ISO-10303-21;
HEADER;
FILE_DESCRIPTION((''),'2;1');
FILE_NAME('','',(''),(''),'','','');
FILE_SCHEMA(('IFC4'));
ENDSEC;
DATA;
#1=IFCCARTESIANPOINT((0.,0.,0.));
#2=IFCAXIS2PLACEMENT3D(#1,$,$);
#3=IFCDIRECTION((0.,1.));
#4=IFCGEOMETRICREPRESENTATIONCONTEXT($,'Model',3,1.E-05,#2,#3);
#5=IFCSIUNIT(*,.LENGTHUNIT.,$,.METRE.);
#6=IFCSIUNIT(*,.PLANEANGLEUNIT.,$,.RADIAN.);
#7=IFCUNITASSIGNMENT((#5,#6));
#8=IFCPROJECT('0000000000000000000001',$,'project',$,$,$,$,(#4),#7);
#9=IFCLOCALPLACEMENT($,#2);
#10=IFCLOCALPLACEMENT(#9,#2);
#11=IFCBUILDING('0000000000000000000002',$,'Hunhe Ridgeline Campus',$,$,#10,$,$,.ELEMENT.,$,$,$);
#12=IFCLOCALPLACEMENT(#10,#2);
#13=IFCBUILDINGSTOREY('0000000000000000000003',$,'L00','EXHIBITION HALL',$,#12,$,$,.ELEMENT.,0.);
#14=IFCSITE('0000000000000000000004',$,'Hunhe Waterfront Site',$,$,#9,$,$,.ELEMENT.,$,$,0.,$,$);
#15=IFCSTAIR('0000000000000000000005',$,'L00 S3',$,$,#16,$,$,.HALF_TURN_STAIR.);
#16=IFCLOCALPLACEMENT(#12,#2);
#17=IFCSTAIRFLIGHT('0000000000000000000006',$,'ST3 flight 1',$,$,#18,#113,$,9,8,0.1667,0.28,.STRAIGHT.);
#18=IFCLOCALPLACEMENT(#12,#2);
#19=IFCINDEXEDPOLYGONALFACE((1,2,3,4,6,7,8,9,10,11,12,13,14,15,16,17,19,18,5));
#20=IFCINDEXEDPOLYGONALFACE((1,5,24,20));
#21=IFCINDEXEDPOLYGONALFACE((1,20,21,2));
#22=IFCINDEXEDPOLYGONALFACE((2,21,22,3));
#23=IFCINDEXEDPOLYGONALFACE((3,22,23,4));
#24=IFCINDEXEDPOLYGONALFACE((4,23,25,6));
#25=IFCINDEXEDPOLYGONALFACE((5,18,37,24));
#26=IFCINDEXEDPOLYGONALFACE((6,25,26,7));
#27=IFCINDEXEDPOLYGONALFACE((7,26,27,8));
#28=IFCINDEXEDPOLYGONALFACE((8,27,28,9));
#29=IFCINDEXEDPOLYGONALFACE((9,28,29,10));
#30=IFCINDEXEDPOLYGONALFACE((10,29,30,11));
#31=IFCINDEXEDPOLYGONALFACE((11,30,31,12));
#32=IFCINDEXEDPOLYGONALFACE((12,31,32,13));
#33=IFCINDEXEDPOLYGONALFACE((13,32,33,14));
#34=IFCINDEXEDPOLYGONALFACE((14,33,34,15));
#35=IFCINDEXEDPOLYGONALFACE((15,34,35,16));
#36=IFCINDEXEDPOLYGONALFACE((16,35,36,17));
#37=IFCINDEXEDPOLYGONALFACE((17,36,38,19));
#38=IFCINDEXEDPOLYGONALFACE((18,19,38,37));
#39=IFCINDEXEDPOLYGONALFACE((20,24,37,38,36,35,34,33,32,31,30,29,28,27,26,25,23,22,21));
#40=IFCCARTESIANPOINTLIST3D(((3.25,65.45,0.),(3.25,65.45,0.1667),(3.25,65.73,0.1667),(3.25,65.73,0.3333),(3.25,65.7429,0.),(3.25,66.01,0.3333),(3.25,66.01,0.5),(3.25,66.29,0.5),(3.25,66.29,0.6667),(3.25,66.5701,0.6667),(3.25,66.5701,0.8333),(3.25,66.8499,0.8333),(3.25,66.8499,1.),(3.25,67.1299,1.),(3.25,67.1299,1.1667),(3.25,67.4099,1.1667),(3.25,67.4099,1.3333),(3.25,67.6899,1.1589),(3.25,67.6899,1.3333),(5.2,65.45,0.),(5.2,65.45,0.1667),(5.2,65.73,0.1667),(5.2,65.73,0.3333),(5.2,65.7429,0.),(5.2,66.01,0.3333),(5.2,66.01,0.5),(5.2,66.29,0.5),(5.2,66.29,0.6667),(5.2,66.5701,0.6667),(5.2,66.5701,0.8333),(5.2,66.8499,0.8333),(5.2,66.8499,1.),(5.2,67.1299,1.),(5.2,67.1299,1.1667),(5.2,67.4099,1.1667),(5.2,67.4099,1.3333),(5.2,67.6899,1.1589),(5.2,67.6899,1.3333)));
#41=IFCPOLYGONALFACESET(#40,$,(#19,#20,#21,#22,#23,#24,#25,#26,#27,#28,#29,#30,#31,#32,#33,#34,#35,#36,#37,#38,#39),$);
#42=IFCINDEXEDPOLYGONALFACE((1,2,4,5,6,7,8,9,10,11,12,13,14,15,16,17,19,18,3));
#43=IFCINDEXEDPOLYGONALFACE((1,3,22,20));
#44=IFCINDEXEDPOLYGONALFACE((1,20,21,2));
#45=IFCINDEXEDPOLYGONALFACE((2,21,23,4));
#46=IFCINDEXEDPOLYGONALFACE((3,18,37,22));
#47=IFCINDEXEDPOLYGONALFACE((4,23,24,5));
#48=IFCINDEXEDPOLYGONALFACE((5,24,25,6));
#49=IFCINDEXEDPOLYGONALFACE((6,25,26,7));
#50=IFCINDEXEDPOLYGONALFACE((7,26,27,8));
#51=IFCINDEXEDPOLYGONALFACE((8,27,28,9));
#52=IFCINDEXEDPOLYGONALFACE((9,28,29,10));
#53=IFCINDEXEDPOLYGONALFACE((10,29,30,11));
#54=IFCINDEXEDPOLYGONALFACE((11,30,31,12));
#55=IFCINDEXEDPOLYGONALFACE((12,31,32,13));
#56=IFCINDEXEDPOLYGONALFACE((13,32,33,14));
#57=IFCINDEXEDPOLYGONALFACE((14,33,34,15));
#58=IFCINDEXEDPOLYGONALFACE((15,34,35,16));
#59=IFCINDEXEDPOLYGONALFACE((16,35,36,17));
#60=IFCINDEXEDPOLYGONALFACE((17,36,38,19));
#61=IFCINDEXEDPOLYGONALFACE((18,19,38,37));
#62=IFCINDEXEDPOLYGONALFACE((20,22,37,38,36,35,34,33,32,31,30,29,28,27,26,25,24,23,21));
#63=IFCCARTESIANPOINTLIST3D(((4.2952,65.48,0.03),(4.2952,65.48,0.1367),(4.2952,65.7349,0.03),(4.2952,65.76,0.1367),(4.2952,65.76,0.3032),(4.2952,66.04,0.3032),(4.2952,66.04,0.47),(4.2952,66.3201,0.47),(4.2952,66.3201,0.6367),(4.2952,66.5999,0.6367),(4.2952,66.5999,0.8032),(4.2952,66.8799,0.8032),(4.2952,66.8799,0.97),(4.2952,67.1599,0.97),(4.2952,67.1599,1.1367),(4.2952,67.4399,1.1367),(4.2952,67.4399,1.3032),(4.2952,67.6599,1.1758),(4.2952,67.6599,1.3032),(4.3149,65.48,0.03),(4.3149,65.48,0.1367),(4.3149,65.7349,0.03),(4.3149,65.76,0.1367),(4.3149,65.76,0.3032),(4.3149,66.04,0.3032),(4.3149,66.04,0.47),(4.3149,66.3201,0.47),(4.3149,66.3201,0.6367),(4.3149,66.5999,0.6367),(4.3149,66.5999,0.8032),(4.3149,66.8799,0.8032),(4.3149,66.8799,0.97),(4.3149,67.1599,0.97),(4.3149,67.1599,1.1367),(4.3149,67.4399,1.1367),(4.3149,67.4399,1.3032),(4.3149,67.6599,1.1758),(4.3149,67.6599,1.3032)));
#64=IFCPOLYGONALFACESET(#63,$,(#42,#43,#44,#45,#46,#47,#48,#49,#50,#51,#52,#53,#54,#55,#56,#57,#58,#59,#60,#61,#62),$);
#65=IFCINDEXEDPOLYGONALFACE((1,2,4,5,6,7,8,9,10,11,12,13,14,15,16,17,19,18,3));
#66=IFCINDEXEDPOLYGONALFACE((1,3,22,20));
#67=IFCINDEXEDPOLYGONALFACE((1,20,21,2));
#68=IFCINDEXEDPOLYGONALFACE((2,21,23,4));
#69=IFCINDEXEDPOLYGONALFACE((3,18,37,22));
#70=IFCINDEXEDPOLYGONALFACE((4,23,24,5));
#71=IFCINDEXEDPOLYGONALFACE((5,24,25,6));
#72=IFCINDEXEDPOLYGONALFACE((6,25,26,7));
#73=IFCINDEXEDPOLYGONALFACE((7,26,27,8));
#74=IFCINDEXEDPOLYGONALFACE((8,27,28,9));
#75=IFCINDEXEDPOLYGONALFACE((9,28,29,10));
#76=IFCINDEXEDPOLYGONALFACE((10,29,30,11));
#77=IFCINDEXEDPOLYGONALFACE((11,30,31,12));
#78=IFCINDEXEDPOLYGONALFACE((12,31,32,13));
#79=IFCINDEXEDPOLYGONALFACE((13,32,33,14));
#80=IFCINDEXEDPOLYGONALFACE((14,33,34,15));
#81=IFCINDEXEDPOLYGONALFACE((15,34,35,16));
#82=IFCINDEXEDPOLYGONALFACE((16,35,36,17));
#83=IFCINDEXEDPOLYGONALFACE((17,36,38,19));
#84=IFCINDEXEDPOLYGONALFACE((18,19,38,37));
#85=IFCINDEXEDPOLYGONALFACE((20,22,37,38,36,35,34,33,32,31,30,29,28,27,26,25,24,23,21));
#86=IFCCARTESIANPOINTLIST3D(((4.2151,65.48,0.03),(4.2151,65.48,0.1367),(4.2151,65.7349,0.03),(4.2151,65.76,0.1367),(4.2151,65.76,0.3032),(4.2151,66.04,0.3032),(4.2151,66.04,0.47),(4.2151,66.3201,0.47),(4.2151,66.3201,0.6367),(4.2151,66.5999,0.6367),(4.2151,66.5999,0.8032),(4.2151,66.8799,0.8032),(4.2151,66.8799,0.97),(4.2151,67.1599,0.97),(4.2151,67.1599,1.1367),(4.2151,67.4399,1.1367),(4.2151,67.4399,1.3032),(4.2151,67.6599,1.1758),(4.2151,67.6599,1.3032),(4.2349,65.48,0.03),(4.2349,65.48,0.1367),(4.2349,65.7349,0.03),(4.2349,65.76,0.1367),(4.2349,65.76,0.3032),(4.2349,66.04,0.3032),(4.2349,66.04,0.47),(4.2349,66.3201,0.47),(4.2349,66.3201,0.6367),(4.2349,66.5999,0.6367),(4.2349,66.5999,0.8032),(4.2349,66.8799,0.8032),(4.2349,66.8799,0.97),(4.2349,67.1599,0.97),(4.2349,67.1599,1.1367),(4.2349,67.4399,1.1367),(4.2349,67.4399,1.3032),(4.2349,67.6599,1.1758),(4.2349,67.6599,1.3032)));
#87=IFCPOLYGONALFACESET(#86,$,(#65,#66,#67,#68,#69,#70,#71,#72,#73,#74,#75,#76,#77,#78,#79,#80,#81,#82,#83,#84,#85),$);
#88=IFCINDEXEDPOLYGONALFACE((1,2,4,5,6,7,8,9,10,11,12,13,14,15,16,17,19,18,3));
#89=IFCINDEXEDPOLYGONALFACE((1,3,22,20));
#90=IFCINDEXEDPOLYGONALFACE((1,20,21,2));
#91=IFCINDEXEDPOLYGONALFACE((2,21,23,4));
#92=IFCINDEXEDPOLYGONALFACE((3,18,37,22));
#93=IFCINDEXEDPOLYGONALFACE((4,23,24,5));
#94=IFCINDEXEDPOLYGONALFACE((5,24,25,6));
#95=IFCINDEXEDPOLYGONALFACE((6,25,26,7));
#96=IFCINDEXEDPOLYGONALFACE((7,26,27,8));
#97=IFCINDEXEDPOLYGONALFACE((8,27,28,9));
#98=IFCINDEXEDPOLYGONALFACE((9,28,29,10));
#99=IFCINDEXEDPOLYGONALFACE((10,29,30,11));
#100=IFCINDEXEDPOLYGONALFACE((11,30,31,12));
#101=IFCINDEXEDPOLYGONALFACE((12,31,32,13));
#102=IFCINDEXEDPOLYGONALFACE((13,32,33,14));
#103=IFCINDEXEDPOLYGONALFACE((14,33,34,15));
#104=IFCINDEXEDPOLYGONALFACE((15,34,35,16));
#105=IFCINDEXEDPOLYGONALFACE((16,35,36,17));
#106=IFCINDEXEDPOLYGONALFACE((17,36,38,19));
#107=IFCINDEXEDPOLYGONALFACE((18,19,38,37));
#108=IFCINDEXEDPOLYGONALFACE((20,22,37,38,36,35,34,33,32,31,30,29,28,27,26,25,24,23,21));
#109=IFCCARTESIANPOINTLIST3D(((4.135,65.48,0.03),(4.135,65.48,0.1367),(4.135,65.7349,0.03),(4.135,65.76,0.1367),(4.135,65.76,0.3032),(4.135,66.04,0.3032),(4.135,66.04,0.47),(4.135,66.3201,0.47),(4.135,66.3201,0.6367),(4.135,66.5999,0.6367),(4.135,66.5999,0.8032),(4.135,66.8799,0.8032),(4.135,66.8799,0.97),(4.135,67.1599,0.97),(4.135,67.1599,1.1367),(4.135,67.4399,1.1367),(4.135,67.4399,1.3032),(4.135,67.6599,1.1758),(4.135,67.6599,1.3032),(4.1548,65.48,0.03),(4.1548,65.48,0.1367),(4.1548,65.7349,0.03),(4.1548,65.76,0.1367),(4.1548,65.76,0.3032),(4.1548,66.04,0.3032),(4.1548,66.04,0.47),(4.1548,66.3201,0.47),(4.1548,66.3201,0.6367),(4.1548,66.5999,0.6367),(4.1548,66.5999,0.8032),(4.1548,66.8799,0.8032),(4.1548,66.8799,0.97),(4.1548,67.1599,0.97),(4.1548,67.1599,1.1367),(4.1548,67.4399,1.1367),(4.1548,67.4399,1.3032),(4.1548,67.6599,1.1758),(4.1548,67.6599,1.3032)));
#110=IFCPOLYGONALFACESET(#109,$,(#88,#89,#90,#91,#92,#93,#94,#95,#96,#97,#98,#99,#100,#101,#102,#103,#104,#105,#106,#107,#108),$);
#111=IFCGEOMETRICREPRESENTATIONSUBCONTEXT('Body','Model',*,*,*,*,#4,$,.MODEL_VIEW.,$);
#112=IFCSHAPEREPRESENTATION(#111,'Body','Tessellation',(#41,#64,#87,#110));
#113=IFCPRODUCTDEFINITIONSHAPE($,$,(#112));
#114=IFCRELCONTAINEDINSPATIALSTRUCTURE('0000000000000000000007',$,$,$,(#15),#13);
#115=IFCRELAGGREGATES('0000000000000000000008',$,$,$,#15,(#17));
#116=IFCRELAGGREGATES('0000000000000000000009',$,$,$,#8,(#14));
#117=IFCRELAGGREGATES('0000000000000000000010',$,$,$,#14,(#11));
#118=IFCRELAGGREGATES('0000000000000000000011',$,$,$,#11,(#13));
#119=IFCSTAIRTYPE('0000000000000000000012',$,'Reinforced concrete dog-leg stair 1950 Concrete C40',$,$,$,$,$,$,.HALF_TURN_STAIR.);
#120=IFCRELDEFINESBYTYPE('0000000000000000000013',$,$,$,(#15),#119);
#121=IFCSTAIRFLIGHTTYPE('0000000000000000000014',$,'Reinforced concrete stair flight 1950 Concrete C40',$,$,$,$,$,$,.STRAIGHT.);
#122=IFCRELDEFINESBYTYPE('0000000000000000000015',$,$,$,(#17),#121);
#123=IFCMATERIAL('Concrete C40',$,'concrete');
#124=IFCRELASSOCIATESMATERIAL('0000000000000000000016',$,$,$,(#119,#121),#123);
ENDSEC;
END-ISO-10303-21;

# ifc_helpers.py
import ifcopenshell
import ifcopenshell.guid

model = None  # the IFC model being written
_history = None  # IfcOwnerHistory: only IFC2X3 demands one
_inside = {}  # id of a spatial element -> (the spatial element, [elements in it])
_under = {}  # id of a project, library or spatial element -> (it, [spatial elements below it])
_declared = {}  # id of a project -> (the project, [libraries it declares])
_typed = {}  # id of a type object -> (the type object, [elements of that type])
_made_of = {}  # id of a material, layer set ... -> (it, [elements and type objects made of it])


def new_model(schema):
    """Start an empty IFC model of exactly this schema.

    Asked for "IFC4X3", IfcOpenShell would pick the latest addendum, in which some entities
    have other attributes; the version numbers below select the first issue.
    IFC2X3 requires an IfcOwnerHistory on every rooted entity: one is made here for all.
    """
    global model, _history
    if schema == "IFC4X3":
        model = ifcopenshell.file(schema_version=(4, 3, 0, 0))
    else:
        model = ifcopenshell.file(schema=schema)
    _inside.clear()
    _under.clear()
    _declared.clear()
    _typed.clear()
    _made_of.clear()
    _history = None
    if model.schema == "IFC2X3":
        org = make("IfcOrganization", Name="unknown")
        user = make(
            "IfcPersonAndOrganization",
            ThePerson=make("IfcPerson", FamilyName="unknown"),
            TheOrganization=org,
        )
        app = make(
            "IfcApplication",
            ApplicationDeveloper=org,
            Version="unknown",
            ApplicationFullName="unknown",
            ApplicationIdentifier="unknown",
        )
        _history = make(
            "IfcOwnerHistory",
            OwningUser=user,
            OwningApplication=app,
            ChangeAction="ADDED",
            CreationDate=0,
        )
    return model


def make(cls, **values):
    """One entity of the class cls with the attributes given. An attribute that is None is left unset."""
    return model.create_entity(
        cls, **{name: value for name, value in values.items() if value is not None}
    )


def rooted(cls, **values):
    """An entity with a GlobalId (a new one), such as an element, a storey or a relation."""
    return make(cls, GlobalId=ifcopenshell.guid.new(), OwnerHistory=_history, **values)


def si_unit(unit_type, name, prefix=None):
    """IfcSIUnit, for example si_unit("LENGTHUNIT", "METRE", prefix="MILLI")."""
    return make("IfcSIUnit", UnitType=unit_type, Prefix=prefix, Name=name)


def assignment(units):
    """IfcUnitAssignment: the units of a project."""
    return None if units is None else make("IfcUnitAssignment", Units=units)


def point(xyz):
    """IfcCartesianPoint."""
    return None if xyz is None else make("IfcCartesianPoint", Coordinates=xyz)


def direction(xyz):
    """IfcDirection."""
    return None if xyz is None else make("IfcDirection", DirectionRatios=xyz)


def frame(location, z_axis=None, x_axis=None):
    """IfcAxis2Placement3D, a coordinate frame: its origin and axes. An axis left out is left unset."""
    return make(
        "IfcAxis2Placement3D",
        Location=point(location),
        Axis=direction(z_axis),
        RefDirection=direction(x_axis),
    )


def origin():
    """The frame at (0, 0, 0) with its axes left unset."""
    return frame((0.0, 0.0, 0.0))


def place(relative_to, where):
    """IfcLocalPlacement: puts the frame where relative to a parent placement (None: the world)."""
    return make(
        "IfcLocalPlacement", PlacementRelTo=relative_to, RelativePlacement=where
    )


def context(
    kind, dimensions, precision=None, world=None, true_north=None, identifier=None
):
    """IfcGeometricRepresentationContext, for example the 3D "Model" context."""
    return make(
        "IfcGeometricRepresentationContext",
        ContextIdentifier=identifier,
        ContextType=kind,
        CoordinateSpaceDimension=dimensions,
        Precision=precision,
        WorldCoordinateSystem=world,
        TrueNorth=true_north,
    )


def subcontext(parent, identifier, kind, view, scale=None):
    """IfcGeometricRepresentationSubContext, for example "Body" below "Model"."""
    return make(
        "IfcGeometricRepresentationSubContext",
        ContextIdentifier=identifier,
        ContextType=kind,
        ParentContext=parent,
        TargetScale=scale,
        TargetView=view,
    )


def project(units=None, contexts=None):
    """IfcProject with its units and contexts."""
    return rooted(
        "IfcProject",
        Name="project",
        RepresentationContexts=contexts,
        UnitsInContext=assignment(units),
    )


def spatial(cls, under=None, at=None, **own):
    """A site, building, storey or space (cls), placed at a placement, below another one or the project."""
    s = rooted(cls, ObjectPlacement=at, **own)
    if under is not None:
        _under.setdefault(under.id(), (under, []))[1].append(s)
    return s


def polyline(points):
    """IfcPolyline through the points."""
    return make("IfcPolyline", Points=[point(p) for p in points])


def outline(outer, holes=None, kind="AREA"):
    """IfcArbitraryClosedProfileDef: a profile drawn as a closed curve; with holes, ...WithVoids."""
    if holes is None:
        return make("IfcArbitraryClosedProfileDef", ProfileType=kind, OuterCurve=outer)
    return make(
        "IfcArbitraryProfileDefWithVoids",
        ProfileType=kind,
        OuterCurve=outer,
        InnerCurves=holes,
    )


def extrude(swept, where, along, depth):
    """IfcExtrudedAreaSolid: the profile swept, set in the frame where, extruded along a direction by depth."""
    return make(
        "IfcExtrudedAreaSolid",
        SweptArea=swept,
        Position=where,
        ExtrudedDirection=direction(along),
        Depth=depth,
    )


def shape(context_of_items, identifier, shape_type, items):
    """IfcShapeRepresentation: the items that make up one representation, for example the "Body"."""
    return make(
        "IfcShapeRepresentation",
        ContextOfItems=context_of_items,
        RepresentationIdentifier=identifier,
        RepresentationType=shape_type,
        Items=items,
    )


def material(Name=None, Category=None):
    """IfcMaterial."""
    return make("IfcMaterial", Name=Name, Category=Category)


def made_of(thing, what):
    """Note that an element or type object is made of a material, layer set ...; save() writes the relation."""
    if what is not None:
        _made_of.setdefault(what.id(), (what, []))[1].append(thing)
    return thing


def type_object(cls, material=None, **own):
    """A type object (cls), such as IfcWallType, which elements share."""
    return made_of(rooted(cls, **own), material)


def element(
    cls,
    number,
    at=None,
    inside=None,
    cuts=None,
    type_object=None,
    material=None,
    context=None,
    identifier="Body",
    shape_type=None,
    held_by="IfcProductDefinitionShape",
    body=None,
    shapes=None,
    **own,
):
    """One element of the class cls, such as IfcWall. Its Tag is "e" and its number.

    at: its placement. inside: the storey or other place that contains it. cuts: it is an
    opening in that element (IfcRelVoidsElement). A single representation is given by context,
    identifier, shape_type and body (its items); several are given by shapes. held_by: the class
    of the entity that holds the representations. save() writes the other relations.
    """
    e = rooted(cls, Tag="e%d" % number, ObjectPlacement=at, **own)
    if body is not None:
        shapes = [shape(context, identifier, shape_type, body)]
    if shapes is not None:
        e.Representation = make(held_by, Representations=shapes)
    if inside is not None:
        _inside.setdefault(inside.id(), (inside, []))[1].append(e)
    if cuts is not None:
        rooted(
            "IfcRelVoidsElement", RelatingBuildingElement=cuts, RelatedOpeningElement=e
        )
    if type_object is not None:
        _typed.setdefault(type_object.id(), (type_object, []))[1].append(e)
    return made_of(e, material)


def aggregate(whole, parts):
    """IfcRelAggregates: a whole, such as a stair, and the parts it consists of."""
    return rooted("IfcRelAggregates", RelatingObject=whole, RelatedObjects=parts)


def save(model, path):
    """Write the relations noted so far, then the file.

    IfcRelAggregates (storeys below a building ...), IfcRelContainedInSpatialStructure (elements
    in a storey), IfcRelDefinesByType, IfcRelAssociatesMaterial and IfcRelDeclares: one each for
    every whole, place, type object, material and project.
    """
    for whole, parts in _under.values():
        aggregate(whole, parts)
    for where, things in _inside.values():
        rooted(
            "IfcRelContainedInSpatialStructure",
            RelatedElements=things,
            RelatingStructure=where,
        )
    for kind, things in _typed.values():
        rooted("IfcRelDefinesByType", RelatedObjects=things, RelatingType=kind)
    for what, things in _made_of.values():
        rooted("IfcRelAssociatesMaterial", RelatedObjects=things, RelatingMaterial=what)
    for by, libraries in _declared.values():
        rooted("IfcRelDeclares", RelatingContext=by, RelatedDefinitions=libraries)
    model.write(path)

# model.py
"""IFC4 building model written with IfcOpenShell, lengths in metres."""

from ifc_helpers import new_model, si_unit, direction, frame, origin, place, context, subcontext, project, spatial, polyline, outline, extrude, material, type_object, element, aggregate, save


model = new_model("IFC4")

# Units and contexts
model_context = context("Model", 3, precision=1e-05, world=origin(), true_north=direction((0.0, 1.0)))
body_context = subcontext(model_context, "Body", "Model", "MODEL_VIEW")
ifc_project = project(units=[si_unit("LENGTHUNIT", "METRE"), si_unit("PLANEANGLEUNIT", "RADIAN")], contexts=[model_context])

# Site, building, storey
site_placement = place(None, origin())
site = spatial("IfcSite", under=ifc_project, at=site_placement, Name="Hunhe Waterfront Site", CompositionType="ELEMENT", RefElevation=0.0)
building_placement = place(site_placement, origin())
building = spatial("IfcBuilding", under=site, at=building_placement, Name="Hunhe Ridgeline Campus", CompositionType="ELEMENT")
storey_placement = place(building_placement, origin())
storey = spatial("IfcBuildingStorey", under=building, at=storey_placement, Name="L00", Description="EXHIBITION HALL", CompositionType="ELEMENT", Elevation=0.0)

# Stair, stair flight
ifc_material_1 = material(Name="Concrete C40", Category="concrete")
stair_type = type_object("IfcStairType", Name="Reinforced concrete dog-leg stair 1950 Concrete C40", PredefinedType="HALF_TURN_STAIR", material=ifc_material_1)
stair_1_placement = place(storey_placement, origin())
stair_1 = element("IfcStair", 1, at=stair_1_placement, inside=storey, type_object=stair_type, Name="L00 S3", PredefinedType="HALF_TURN_STAIR")
stair_flight_type = type_object("IfcStairFlightType", Name="Reinforced concrete stair flight 1950 Concrete C40", PredefinedType="STRAIGHT", material=ifc_material_1)
stair_flight_1_placement = place(storey_placement, frame((4.2251, 65.45, 0.0), z_axis=(0.0, 0.0, 1.0), x_axis=(0.0, 1.0, 0.0)))
stair_flight_1 = element("IfcStairFlight", 2, at=stair_flight_1_placement, type_object=stair_flight_type, Name="ST3 flight 1", NumberOfRisers=9, NumberOfTreads=8, PredefinedType="STRAIGHT", RiserHeight=0.1667, TreadLength=0.28, context=body_context, shape_type="SweptSolid", body=[
    extrude(outline(polyline([(0.0, 0.0), (0.0, 0.1667), (0.28, 0.1667), (0.28, 0.3333), (0.5601, 0.3333), (0.5601, 0.5), (0.8401, 0.5), (0.8401, 0.6667), (1.1201, 0.6667), (1.1201, 0.8333), (1.3999, 0.8333), (1.3999, 1.0), (1.6799, 1.0), (1.6799, 1.1667), (1.96, 1.1667), (1.96, 1.3333), (2.24, 1.3333), (2.24, 1.5), (2.24, 1.1589), (0.293, 0.0), (0.0, 0.0)])), frame((0.0, 0.9751, 0.0), z_axis=(0.0, -1.0, 0.0), x_axis=(1.0, 0.0, 0.0)), (0.0, 0.0, 1.0), 1.95),
    extrude(outline(polyline([(0.03, 0.03), (0.03, 0.1367), (0.3101, 0.1367), (0.3101, 0.3032), (0.5901, 0.3032), (0.5901, 0.47), (0.8701, 0.47), (0.8701, 0.6367), (1.1499, 0.6367), (1.1499, 0.8032), (1.4299, 0.8032), (1.4299, 0.97), (1.71, 0.97), (1.71, 1.1367), (1.99, 1.1367), (1.99, 1.3032), (2.21, 1.3032), (2.21, 1.1758), (0.2849, 0.03), (0.03, 0.03)])), frame((0.0, -0.0701, 0.0), z_axis=(0.0, -1.0, 0.0), x_axis=(1.0, 0.0, 0.0)), (0.0, 0.0, 1.0), 0.0198),
    extrude(outline(polyline([(0.03, 0.03), (0.03, 0.1367), (0.3101, 0.1367), (0.3101, 0.3032), (0.5901, 0.3032), (0.5901, 0.47), (0.8701, 0.47), (0.8701, 0.6367), (1.1499, 0.6367), (1.1499, 0.8032), (1.4299, 0.8032), (1.4299, 0.97), (1.71, 0.97), (1.71, 1.1367), (1.99, 1.1367), (1.99, 1.3032), (2.21, 1.3032), (2.21, 1.1758), (0.2849, 0.03), (0.03, 0.03)])), frame((0.0, 0.01, 0.0), z_axis=(0.0, -1.0, 0.0), x_axis=(1.0, 0.0, 0.0)), (0.0, 0.0, 1.0), 0.0198),
    extrude(outline(polyline([(0.03, 0.03), (0.03, 0.1367), (0.3101, 0.1367), (0.3101, 0.3032), (0.5901, 0.3032), (0.5901, 0.47), (0.8701, 0.47), (0.8701, 0.6367), (1.1499, 0.6367), (1.1499, 0.8032), (1.4299, 0.8032), (1.4299, 0.97), (1.71, 0.97), (1.71, 1.1367), (1.99, 1.1367), (1.99, 1.3032), (2.21, 1.3032), (2.21, 1.1758), (0.2849, 0.03), (0.03, 0.03)])), frame((0.0, 0.0901, 0.0), z_axis=(0.0, -1.0, 0.0), x_axis=(1.0, 0.0, 0.0)), (0.0, 0.0, 1.0), 0.0198),
])
aggregate(stair_1, [stair_flight_1])

save(model, "model.ifc")
